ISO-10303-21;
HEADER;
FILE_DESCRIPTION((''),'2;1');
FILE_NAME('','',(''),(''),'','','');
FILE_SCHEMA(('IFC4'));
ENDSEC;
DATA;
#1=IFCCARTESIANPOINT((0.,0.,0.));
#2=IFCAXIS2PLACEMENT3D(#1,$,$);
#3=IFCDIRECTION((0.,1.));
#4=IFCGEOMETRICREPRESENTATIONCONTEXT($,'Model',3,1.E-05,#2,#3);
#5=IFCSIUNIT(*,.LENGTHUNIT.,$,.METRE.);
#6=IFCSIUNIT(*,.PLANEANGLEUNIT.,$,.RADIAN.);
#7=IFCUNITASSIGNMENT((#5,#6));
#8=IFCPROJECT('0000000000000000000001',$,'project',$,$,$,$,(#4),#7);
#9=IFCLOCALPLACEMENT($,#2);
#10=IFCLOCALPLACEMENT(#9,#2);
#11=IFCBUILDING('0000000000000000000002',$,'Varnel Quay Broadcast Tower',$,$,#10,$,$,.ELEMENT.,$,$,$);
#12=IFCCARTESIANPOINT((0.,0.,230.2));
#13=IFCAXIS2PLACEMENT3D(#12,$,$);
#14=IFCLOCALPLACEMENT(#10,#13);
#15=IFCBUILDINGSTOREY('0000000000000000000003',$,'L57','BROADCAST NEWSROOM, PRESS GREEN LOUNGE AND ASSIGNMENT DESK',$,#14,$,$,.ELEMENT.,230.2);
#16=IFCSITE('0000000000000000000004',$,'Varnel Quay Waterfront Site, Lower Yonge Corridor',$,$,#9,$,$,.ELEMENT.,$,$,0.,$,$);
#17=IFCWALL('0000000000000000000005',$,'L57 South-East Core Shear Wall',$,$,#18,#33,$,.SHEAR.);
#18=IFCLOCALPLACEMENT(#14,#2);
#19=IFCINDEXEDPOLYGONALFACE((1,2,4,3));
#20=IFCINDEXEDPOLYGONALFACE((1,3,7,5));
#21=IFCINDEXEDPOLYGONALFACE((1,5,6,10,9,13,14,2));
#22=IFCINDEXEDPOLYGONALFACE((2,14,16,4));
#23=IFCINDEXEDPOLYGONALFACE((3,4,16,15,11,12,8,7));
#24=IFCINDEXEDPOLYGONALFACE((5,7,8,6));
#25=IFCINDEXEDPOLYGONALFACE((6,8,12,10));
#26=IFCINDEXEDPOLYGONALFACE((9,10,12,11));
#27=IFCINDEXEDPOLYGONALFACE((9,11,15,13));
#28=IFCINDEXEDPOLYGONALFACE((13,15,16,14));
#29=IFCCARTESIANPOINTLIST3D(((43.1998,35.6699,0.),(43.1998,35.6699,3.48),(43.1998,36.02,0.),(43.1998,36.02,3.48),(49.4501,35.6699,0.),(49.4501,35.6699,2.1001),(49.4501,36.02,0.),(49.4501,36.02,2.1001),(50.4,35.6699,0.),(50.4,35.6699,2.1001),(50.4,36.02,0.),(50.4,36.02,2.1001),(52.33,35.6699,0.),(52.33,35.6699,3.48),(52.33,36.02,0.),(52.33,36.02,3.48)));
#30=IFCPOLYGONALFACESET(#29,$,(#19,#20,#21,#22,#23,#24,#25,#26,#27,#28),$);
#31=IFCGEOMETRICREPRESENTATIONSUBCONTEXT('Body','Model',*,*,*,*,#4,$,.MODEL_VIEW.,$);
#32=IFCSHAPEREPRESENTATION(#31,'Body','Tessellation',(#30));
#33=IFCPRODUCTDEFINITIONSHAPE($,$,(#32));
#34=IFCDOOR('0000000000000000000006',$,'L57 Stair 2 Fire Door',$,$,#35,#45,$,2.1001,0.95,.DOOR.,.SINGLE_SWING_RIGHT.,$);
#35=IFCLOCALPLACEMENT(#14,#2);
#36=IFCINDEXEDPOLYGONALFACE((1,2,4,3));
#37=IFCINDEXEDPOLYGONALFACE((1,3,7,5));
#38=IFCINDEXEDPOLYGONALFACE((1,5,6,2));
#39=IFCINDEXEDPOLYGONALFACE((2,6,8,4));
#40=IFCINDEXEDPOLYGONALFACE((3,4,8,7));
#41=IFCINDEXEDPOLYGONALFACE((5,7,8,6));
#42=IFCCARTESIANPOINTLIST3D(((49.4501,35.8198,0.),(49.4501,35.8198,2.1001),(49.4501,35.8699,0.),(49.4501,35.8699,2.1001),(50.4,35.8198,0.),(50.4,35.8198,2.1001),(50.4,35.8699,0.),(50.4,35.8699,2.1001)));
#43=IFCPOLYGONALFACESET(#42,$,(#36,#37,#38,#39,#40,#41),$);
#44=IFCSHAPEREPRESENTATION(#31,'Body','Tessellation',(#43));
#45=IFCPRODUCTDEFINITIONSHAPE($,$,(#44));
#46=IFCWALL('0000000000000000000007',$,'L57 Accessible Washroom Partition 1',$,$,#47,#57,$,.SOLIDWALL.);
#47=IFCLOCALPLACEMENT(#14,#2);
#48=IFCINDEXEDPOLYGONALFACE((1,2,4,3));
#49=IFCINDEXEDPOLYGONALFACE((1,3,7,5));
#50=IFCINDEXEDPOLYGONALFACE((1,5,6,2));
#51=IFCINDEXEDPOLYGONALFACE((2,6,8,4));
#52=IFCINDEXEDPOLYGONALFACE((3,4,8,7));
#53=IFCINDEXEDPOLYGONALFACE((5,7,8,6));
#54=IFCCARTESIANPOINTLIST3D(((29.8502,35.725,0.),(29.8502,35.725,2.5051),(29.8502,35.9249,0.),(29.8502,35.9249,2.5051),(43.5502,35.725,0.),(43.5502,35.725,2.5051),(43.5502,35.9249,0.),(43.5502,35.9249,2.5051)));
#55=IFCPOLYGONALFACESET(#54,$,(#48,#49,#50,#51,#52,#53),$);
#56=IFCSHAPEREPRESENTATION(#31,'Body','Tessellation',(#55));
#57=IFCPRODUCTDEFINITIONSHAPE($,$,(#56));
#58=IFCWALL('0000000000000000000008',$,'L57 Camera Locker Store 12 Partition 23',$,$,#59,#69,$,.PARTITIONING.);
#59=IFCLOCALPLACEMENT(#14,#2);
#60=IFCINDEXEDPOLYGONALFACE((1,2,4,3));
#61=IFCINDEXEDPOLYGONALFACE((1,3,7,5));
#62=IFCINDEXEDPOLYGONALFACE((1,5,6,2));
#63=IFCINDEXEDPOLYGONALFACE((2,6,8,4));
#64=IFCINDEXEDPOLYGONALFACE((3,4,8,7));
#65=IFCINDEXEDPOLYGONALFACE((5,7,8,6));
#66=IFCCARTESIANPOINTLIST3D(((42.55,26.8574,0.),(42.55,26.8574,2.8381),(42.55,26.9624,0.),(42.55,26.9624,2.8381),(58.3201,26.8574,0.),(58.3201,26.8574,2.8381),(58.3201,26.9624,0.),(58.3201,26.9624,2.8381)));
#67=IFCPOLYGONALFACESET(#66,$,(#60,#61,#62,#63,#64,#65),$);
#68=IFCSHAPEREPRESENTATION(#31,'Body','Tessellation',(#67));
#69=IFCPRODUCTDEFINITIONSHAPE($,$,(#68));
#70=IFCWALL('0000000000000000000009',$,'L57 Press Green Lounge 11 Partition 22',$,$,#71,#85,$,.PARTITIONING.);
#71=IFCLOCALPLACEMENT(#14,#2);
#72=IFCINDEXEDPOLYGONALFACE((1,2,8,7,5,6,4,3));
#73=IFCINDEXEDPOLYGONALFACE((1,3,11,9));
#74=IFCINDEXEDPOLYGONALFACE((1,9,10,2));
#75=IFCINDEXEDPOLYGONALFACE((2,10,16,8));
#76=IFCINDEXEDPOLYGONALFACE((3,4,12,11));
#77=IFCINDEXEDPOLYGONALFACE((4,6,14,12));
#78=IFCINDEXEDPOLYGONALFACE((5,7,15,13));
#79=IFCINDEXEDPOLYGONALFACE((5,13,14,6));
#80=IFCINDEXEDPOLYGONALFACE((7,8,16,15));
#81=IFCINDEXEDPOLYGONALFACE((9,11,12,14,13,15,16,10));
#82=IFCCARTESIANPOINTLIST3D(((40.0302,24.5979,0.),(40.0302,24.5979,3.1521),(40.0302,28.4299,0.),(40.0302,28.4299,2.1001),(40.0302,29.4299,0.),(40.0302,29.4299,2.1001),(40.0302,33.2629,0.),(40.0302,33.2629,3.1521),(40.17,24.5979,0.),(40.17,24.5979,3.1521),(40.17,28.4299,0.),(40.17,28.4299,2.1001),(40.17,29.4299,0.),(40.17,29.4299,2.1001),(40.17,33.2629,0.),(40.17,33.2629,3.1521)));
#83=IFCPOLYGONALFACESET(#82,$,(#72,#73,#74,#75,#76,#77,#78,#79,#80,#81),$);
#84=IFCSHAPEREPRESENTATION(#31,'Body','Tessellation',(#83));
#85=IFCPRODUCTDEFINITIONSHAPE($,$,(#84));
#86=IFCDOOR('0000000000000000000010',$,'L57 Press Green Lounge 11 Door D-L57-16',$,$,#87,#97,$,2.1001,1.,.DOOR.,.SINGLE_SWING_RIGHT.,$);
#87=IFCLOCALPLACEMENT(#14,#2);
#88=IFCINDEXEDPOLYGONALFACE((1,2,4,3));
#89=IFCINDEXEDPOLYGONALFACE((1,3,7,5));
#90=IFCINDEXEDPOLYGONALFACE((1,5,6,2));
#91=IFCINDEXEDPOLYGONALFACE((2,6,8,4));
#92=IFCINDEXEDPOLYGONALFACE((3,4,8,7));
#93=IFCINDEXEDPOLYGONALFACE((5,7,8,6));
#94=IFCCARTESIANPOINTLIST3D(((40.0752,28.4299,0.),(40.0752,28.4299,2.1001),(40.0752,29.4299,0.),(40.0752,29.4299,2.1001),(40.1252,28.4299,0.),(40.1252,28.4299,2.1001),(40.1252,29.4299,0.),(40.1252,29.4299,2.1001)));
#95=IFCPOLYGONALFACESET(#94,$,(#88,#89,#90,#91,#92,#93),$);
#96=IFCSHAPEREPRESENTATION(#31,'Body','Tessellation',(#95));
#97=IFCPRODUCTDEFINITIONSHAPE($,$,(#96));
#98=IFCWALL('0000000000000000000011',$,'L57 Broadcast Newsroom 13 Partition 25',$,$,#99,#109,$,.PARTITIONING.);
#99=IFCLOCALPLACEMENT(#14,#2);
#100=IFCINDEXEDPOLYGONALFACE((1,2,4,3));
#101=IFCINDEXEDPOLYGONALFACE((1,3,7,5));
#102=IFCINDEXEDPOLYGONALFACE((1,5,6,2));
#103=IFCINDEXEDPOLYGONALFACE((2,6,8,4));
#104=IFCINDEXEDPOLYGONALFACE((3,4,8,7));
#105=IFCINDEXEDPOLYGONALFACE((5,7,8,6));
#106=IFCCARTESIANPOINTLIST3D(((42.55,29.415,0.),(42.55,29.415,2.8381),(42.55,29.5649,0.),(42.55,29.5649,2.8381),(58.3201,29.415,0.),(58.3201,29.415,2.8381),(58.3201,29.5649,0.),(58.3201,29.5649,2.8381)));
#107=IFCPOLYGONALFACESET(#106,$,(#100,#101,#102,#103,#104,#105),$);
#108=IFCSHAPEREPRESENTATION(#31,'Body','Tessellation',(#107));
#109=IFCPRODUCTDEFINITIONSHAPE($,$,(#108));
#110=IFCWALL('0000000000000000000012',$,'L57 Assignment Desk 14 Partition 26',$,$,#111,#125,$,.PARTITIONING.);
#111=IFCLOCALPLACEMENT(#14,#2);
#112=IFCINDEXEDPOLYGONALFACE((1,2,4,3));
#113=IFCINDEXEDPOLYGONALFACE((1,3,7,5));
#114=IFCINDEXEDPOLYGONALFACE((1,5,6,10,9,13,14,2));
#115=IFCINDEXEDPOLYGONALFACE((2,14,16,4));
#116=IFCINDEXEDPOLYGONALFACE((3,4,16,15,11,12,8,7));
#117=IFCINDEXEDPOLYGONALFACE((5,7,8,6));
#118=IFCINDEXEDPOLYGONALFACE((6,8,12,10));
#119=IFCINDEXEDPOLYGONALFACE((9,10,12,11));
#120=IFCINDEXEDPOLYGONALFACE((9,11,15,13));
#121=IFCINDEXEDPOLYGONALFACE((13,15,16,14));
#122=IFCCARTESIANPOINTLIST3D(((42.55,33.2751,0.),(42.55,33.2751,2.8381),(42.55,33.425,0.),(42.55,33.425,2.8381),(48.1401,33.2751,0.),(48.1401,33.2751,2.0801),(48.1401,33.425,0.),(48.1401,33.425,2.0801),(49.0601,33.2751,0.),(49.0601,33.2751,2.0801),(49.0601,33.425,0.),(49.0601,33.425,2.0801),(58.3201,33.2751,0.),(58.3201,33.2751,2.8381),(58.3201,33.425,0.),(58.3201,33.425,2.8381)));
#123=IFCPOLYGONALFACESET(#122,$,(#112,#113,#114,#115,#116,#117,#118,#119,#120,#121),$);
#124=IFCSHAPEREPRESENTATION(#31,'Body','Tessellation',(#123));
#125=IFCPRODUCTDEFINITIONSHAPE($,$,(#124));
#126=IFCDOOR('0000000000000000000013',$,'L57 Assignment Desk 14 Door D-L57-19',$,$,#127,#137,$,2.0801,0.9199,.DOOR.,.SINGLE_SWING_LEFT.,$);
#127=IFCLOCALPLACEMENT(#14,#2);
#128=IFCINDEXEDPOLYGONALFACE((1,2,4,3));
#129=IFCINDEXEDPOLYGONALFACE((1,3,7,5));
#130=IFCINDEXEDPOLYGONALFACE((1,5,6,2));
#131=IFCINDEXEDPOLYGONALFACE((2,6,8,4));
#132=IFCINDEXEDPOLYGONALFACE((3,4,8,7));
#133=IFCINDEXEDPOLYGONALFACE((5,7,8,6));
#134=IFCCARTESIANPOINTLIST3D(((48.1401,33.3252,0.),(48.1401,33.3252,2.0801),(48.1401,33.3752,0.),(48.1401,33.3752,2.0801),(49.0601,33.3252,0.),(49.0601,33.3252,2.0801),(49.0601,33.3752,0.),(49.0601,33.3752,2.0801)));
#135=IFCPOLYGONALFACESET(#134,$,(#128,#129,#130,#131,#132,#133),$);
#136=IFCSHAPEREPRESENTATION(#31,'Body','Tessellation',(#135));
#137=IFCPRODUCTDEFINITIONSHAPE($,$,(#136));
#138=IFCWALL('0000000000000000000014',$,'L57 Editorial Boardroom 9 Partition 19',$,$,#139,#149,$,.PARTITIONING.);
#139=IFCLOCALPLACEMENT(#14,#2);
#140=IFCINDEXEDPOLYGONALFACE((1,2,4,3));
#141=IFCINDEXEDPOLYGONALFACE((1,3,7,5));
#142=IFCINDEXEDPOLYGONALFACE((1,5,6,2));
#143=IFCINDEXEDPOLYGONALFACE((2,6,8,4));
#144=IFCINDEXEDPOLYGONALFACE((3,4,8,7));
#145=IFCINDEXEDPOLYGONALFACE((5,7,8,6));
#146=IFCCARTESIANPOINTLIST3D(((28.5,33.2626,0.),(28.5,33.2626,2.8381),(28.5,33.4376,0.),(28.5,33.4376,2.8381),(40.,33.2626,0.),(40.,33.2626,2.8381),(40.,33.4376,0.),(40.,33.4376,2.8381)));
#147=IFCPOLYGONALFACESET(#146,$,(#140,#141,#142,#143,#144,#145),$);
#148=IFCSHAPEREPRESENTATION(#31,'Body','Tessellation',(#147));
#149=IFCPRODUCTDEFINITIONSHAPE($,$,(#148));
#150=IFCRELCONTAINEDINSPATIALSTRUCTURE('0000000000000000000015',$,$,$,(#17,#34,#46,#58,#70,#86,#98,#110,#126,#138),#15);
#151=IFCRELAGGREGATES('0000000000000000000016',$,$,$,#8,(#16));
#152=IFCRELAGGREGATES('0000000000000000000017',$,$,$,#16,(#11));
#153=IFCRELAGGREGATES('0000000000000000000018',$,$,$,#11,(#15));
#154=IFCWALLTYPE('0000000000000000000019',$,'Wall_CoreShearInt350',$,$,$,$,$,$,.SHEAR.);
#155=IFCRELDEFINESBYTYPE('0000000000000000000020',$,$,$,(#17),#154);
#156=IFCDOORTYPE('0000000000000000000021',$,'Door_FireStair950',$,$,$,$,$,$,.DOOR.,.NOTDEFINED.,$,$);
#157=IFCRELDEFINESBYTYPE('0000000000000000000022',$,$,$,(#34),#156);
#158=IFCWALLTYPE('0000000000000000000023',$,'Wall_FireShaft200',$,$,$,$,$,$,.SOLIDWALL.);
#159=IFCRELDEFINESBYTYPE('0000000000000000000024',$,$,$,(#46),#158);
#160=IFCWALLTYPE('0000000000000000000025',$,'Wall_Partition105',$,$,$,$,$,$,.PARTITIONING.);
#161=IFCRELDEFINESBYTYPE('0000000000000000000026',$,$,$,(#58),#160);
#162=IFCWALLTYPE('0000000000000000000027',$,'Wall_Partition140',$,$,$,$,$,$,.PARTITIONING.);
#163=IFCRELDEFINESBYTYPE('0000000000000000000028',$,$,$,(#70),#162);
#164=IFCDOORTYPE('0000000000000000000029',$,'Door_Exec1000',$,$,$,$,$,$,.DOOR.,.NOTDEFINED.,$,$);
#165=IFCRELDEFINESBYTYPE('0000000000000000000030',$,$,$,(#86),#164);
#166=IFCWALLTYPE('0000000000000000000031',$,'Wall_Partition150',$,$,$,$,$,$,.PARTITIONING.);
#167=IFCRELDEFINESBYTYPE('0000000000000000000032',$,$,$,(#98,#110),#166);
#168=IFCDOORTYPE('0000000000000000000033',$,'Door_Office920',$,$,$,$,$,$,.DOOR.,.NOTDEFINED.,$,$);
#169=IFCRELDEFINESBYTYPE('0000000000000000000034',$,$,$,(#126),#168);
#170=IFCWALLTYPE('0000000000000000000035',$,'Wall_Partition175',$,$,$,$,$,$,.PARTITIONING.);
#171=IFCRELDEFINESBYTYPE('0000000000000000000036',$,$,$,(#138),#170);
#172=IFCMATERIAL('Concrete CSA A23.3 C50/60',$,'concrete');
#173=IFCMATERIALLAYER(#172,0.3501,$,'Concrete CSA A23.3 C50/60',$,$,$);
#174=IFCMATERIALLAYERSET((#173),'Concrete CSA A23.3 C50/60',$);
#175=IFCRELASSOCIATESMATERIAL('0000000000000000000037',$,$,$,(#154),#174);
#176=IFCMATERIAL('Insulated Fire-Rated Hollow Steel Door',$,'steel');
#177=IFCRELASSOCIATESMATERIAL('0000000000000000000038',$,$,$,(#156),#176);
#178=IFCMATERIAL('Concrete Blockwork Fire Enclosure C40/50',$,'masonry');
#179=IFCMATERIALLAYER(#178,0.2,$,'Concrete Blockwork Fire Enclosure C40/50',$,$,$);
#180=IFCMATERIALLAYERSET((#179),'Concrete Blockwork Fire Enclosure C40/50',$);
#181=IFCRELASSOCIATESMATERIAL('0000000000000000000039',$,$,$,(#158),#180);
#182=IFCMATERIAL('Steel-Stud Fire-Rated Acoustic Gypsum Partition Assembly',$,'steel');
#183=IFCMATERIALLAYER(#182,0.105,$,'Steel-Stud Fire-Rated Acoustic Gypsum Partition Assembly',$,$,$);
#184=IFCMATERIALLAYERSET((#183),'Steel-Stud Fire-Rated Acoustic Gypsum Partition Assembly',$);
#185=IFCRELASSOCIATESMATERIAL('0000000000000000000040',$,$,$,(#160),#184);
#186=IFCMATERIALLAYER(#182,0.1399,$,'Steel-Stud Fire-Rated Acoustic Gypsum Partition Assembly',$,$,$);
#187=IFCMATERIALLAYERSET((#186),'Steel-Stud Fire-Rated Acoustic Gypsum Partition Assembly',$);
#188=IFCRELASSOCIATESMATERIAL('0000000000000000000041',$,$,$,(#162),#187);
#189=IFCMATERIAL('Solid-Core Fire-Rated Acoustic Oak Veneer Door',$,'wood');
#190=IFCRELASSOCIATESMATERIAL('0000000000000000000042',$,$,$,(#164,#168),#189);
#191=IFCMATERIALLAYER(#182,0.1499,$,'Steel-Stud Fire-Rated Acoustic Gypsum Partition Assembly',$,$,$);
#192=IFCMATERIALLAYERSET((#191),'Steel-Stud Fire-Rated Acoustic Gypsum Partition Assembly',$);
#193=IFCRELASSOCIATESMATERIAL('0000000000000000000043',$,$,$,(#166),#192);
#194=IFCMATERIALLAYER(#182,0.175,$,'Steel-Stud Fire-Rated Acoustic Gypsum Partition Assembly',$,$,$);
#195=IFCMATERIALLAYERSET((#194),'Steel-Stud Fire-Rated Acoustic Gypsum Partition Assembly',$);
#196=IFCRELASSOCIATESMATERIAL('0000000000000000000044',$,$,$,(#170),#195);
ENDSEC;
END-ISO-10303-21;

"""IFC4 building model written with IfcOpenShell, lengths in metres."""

from ifc_helpers import new_model, si_unit, direction, frame, frame_2d, origin, place, context, subcontext, project, spatial, rectangle, extrude, source, transform, mapped, material, layer, layer_set, type_object, type_shapes, element, fill, save


model = new_model("IFC4")

# Units and contexts
model_context = context("Model", 3, precision=1e-05, world=origin(), true_north=direction((0.0, 1.0)))
body_context = subcontext(model_context, "Body", "Model", "MODEL_VIEW")
ifc_project = project(units=[si_unit("LENGTHUNIT", "METRE"), si_unit("PLANEANGLEUNIT", "RADIAN")], contexts=[model_context])

# Site, building, storey
site_placement = place(None, origin())
site = spatial("IfcSite", under=ifc_project, at=site_placement, Name="Varnel Quay Waterfront Site, Lower Yonge Corridor", CompositionType="ELEMENT", RefElevation=0.0)
building_placement = place(site_placement, origin())
building = spatial("IfcBuilding", under=site, at=building_placement, Name="Varnel Quay Broadcast Tower", CompositionType="ELEMENT")
storey_placement = place(building_placement, frame((0.0, 0.0, 230.2)))
storey = spatial("IfcBuildingStorey", under=building, at=storey_placement, Name="L57", Description="BROADCAST NEWSROOM, PRESS GREEN LOUNGE AND ASSIGNMENT DESK", CompositionType="ELEMENT", Elevation=230.2)

# Shared definitions
ifc_material_1 = material(Name="Concrete CSA A23.3 C50/60", Category="concrete")

# Wall, opening, door
ifc_layer_1 = layer(ifc_material_1, 0.3501, Name="Concrete CSA A23.3 C50/60")
ifc_layer_set_1 = layer_set([ifc_layer_1], Name="Concrete CSA A23.3 C50/60")
wall_type_1 = type_object("IfcWallType", Name="Wall_CoreShearInt350", PredefinedType="SHEAR", material=ifc_layer_set_1)
wall_1_placement = place(storey_placement, frame((43.2, 35.845, 0.0), z_axis=(0.0, 0.0, 1.0), x_axis=(1.0, 0.0, 0.0)))
wall_1 = element("IfcWall", 1, at=wall_1_placement, inside=storey, type_object=wall_type_1, Name="L57 South-East Core Shear Wall", PredefinedType="SHEAR", context=body_context, shape_type="SweptSolid", body=[
    extrude(rectangle(XDim=9.1301, YDim=0.3501, at=frame_2d((4.5649, 0.0))), origin(), (0.0, 0.0, 1.0), 3.48),
])
opening_1_placement = place(wall_1_placement, frame((6.25, 0.0, 0.0)))
opening_1 = element("IfcOpeningElement", 2, at=opening_1_placement, cuts=wall_1, PredefinedType="OPENING", context=body_context, shape_type="SweptSolid", body=[
    extrude(rectangle(XDim=0.95, YDim=2.1001, at=frame_2d((0.4751, 1.05))), frame((0.0, 0.1851, 0.0), z_axis=(0.0, -1.0, 0.0), x_axis=(1.0, 0.0, 0.0)), (0.0, 0.0, 1.0), 0.3701),
])
ifc_material_2 = material(Name="Insulated Fire-Rated Hollow Steel Door", Category="steel")
door_type_1 = type_object("IfcDoorType", Name="Door_FireStair950", OperationType="NOTDEFINED", PredefinedType="DOOR", material=ifc_material_2)
shared_shape_1 = source(origin(), body_context, "Body", "SweptSolid", [
    extrude(rectangle(XDim=0.95, YDim=2.1001, at=frame_2d((0.4751, 1.05))), frame((0.0, 0.0249, 0.0), z_axis=(0.0, -1.0, 0.0), x_axis=(1.0, 0.0, 0.0)), (0.0, 0.0, 1.0), 0.05),
])
type_shapes(door_type_1, [shared_shape_1])
door_1_placement = place(opening_1_placement, origin())
door_1 = element("IfcDoor", 3, at=door_1_placement, inside=storey, type_object=door_type_1, Name="L57 Stair 2 Fire Door", OperationType="SINGLE_SWING_RIGHT", OverallHeight=2.1001, OverallWidth=0.95, PredefinedType="DOOR", context=body_context, shape_type="MappedRepresentation", body=[
    mapped(shared_shape_1, transform((0.0, 0.0, 0.0), x_axis=(1.0, 0.0, 0.0), y_axis=(0.0, 1.0, 0.0), z_axis=(0.0, 0.0, 1.0), scale=1.0)),
])
fill(opening_1, door_1)

# Walls
ifc_material_3 = material(Name="Concrete Blockwork Fire Enclosure C40/50", Category="masonry")
ifc_layer_2 = layer(ifc_material_3, 0.2, Name="Concrete Blockwork Fire Enclosure C40/50")
ifc_layer_set_2 = layer_set([ifc_layer_2], Name="Concrete Blockwork Fire Enclosure C40/50")
wall_type_2 = type_object("IfcWallType", Name="Wall_FireShaft200", PredefinedType="SOLIDWALL", material=ifc_layer_set_2)
wall_2_placement = place(storey_placement, frame((29.8501, 35.825, 0.0), z_axis=(0.0, 0.0, 1.0), x_axis=(1.0, 0.0, 0.0)))
element("IfcWall", 4, at=wall_2_placement, inside=storey, type_object=wall_type_2, Name="L57 Accessible Washroom Partition 1", PredefinedType="SOLIDWALL", context=body_context, shape_type="SweptSolid", body=[
    extrude(rectangle(XDim=13.7, YDim=0.2, at=frame_2d((6.8501, 0.0))), origin(), (0.0, 0.0, 1.0), 2.5051),
])
ifc_material_4 = material(Name="Steel-Stud Fire-Rated Acoustic Gypsum Partition Assembly", Category="steel")
ifc_layer_3 = layer(ifc_material_4, 0.105, Name="Steel-Stud Fire-Rated Acoustic Gypsum Partition Assembly")
ifc_layer_set_3 = layer_set([ifc_layer_3], Name="Steel-Stud Fire-Rated Acoustic Gypsum Partition Assembly")
wall_type_3 = type_object("IfcWallType", Name="Wall_Partition105", PredefinedType="PARTITIONING", material=ifc_layer_set_3)
wall_3_placement = place(storey_placement, frame((42.55, 26.9099, 0.0), z_axis=(0.0, 0.0, 1.0), x_axis=(1.0, 0.0, 0.0)))
element("IfcWall", 5, at=wall_3_placement, inside=storey, type_object=wall_type_3, Name="L57 Camera Locker Store 12 Partition 23", PredefinedType="PARTITIONING", context=body_context, shape_type="SweptSolid", body=[
    extrude(rectangle(XDim=15.77, YDim=0.105, at=frame_2d((7.885, 0.0))), origin(), (0.0, 0.0, 1.0), 2.8381),
])

# Wall, opening, door
ifc_layer_4 = layer(ifc_material_4, 0.1399, Name="Steel-Stud Fire-Rated Acoustic Gypsum Partition Assembly")
ifc_layer_set_4 = layer_set([ifc_layer_4], Name="Steel-Stud Fire-Rated Acoustic Gypsum Partition Assembly")
wall_type_4 = type_object("IfcWallType", Name="Wall_Partition140", PredefinedType="PARTITIONING", material=ifc_layer_set_4)
wall_4_placement = place(storey_placement, frame((40.1001, 24.5979, 0.0), z_axis=(0.0, 0.0, 1.0), x_axis=(0.0, 1.0, 0.0)))
wall_4 = element("IfcWall", 6, at=wall_4_placement, inside=storey, type_object=wall_type_4, Name="L57 Press Green Lounge 11 Partition 22", PredefinedType="PARTITIONING", context=body_context, shape_type="SweptSolid", body=[
    extrude(rectangle(XDim=8.665, YDim=0.1399, at=frame_2d((4.3325, 0.0))), origin(), (0.0, 0.0, 1.0), 3.1521),
])
opening_2_placement = place(wall_4_placement, frame((3.832, 0.0, 0.0)))
opening_2 = element("IfcOpeningElement", 7, at=opening_2_placement, cuts=wall_4, PredefinedType="OPENING", context=body_context, shape_type="SweptSolid", body=[
    extrude(rectangle(XDim=1.0, YDim=2.1001, at=frame_2d((0.5, 1.05))), frame((0.0, 0.0801, 0.0), z_axis=(0.0, -1.0, 0.0), x_axis=(1.0, 0.0, 0.0)), (0.0, 0.0, 1.0), 0.1599),
])
ifc_material_5 = material(Name="Solid-Core Fire-Rated Acoustic Oak Veneer Door", Category="wood")
door_type_2 = type_object("IfcDoorType", Name="Door_Exec1000", OperationType="NOTDEFINED", PredefinedType="DOOR", material=ifc_material_5)
shared_shape_2 = source(origin(), body_context, "Body", "SweptSolid", [
    extrude(rectangle(XDim=1.0, YDim=2.1001, at=frame_2d((0.5, 1.05))), frame((0.0, 0.0249, 0.0), z_axis=(0.0, -1.0, 0.0), x_axis=(1.0, 0.0, 0.0)), (0.0, 0.0, 1.0), 0.05),
])
type_shapes(door_type_2, [shared_shape_2])
door_2_placement = place(opening_2_placement, origin())
door_2 = element("IfcDoor", 8, at=door_2_placement, inside=storey, type_object=door_type_2, Name="L57 Press Green Lounge 11 Door D-L57-16", OperationType="SINGLE_SWING_RIGHT", OverallHeight=2.1001, OverallWidth=1.0, PredefinedType="DOOR", context=body_context, shape_type="MappedRepresentation", body=[
    mapped(shared_shape_2, transform((0.0, 0.0, 0.0), x_axis=(1.0, 0.0, 0.0), y_axis=(0.0, 1.0, 0.0), z_axis=(0.0, 0.0, 1.0), scale=1.0)),
])
fill(opening_2, door_2)

# Wall
ifc_layer_5 = layer(ifc_material_4, 0.1499, Name="Steel-Stud Fire-Rated Acoustic Gypsum Partition Assembly")
ifc_layer_set_5 = layer_set([ifc_layer_5], Name="Steel-Stud Fire-Rated Acoustic Gypsum Partition Assembly")
wall_type_5 = type_object("IfcWallType", Name="Wall_Partition150", PredefinedType="PARTITIONING", material=ifc_layer_set_5)
wall_5_placement = place(storey_placement, frame((42.55, 29.49, 0.0), z_axis=(0.0, 0.0, 1.0), x_axis=(1.0, 0.0, 0.0)))
element("IfcWall", 9, at=wall_5_placement, inside=storey, type_object=wall_type_5, Name="L57 Broadcast Newsroom 13 Partition 25", PredefinedType="PARTITIONING", context=body_context, shape_type="SweptSolid", body=[
    extrude(rectangle(XDim=15.77, YDim=0.1499, at=frame_2d((7.885, 0.0))), origin(), (0.0, 0.0, 1.0), 2.8381),
])

# Wall, opening, door
wall_6_placement = place(storey_placement, frame((42.55, 33.3501, 0.0), z_axis=(0.0, 0.0, 1.0), x_axis=(1.0, 0.0, 0.0)))
wall_6 = element("IfcWall", 10, at=wall_6_placement, inside=storey, type_object=wall_type_5, Name="L57 Assignment Desk 14 Partition 26", PredefinedType="PARTITIONING", context=body_context, shape_type="SweptSolid", body=[
    extrude(rectangle(XDim=15.77, YDim=0.1499, at=frame_2d((7.885, 0.0))), origin(), (0.0, 0.0, 1.0), 2.8381),
])
opening_3_placement = place(wall_6_placement, frame((5.5901, 0.0, 0.0)))
opening_3 = element("IfcOpeningElement", 11, at=opening_3_placement, cuts=wall_6, PredefinedType="OPENING", context=body_context, shape_type="SweptSolid", body=[
    extrude(rectangle(XDim=0.9199, YDim=2.0801, at=frame_2d((0.46, 1.04))), frame((0.0, 0.085, 0.0), z_axis=(0.0, -1.0, 0.0), x_axis=(1.0, 0.0, 0.0)), (0.0, 0.0, 1.0), 0.1699),
])
door_type_3 = type_object("IfcDoorType", Name="Door_Office920", OperationType="NOTDEFINED", PredefinedType="DOOR", material=ifc_material_5)
shared_shape_3 = source(origin(), body_context, "Body", "SweptSolid", [
    extrude(rectangle(XDim=0.9199, YDim=2.0801, at=frame_2d((0.46, 1.04))), frame((0.0, 0.0249, 0.0), z_axis=(0.0, -1.0, 0.0), x_axis=(1.0, 0.0, 0.0)), (0.0, 0.0, 1.0), 0.05),
])
type_shapes(door_type_3, [shared_shape_3])
door_3_placement = place(opening_3_placement, frame((0.9199, 0.0, 0.0), z_axis=(0.0, 0.0, 1.0), x_axis=(-1.0, 0.0, 0.0)))
door_3 = element("IfcDoor", 12, at=door_3_placement, inside=storey, type_object=door_type_3, Name="L57 Assignment Desk 14 Door D-L57-19", OperationType="SINGLE_SWING_LEFT", OverallHeight=2.0801, OverallWidth=0.9199, PredefinedType="DOOR", context=body_context, shape_type="MappedRepresentation", body=[
    mapped(shared_shape_3, transform((0.0, 0.0, 0.0), x_axis=(1.0, 0.0, 0.0), y_axis=(0.0, 1.0, 0.0), z_axis=(0.0, 0.0, 1.0), scale=1.0)),
])
fill(opening_3, door_3)

# Wall
ifc_layer_6 = layer(ifc_material_4, 0.175, Name="Steel-Stud Fire-Rated Acoustic Gypsum Partition Assembly")
ifc_layer_set_6 = layer_set([ifc_layer_6], Name="Steel-Stud Fire-Rated Acoustic Gypsum Partition Assembly")
wall_type_6 = type_object("IfcWallType", Name="Wall_Partition175", PredefinedType="PARTITIONING", material=ifc_layer_set_6)
wall_7_placement = place(storey_placement, frame((28.5, 33.3501, 0.0), z_axis=(0.0, 0.0, 1.0), x_axis=(1.0, 0.0, 0.0)))
element("IfcWall", 13, at=wall_7_placement, inside=storey, type_object=wall_type_6, Name="L57 Editorial Boardroom 9 Partition 19", PredefinedType="PARTITIONING", context=body_context, shape_type="SweptSolid", body=[
    extrude(rectangle(XDim=11.5, YDim=0.175, at=frame_2d((5.75, 0.0))), origin(), (0.0, 0.0, 1.0), 2.8381),
])

save(model, "model.ifc")
